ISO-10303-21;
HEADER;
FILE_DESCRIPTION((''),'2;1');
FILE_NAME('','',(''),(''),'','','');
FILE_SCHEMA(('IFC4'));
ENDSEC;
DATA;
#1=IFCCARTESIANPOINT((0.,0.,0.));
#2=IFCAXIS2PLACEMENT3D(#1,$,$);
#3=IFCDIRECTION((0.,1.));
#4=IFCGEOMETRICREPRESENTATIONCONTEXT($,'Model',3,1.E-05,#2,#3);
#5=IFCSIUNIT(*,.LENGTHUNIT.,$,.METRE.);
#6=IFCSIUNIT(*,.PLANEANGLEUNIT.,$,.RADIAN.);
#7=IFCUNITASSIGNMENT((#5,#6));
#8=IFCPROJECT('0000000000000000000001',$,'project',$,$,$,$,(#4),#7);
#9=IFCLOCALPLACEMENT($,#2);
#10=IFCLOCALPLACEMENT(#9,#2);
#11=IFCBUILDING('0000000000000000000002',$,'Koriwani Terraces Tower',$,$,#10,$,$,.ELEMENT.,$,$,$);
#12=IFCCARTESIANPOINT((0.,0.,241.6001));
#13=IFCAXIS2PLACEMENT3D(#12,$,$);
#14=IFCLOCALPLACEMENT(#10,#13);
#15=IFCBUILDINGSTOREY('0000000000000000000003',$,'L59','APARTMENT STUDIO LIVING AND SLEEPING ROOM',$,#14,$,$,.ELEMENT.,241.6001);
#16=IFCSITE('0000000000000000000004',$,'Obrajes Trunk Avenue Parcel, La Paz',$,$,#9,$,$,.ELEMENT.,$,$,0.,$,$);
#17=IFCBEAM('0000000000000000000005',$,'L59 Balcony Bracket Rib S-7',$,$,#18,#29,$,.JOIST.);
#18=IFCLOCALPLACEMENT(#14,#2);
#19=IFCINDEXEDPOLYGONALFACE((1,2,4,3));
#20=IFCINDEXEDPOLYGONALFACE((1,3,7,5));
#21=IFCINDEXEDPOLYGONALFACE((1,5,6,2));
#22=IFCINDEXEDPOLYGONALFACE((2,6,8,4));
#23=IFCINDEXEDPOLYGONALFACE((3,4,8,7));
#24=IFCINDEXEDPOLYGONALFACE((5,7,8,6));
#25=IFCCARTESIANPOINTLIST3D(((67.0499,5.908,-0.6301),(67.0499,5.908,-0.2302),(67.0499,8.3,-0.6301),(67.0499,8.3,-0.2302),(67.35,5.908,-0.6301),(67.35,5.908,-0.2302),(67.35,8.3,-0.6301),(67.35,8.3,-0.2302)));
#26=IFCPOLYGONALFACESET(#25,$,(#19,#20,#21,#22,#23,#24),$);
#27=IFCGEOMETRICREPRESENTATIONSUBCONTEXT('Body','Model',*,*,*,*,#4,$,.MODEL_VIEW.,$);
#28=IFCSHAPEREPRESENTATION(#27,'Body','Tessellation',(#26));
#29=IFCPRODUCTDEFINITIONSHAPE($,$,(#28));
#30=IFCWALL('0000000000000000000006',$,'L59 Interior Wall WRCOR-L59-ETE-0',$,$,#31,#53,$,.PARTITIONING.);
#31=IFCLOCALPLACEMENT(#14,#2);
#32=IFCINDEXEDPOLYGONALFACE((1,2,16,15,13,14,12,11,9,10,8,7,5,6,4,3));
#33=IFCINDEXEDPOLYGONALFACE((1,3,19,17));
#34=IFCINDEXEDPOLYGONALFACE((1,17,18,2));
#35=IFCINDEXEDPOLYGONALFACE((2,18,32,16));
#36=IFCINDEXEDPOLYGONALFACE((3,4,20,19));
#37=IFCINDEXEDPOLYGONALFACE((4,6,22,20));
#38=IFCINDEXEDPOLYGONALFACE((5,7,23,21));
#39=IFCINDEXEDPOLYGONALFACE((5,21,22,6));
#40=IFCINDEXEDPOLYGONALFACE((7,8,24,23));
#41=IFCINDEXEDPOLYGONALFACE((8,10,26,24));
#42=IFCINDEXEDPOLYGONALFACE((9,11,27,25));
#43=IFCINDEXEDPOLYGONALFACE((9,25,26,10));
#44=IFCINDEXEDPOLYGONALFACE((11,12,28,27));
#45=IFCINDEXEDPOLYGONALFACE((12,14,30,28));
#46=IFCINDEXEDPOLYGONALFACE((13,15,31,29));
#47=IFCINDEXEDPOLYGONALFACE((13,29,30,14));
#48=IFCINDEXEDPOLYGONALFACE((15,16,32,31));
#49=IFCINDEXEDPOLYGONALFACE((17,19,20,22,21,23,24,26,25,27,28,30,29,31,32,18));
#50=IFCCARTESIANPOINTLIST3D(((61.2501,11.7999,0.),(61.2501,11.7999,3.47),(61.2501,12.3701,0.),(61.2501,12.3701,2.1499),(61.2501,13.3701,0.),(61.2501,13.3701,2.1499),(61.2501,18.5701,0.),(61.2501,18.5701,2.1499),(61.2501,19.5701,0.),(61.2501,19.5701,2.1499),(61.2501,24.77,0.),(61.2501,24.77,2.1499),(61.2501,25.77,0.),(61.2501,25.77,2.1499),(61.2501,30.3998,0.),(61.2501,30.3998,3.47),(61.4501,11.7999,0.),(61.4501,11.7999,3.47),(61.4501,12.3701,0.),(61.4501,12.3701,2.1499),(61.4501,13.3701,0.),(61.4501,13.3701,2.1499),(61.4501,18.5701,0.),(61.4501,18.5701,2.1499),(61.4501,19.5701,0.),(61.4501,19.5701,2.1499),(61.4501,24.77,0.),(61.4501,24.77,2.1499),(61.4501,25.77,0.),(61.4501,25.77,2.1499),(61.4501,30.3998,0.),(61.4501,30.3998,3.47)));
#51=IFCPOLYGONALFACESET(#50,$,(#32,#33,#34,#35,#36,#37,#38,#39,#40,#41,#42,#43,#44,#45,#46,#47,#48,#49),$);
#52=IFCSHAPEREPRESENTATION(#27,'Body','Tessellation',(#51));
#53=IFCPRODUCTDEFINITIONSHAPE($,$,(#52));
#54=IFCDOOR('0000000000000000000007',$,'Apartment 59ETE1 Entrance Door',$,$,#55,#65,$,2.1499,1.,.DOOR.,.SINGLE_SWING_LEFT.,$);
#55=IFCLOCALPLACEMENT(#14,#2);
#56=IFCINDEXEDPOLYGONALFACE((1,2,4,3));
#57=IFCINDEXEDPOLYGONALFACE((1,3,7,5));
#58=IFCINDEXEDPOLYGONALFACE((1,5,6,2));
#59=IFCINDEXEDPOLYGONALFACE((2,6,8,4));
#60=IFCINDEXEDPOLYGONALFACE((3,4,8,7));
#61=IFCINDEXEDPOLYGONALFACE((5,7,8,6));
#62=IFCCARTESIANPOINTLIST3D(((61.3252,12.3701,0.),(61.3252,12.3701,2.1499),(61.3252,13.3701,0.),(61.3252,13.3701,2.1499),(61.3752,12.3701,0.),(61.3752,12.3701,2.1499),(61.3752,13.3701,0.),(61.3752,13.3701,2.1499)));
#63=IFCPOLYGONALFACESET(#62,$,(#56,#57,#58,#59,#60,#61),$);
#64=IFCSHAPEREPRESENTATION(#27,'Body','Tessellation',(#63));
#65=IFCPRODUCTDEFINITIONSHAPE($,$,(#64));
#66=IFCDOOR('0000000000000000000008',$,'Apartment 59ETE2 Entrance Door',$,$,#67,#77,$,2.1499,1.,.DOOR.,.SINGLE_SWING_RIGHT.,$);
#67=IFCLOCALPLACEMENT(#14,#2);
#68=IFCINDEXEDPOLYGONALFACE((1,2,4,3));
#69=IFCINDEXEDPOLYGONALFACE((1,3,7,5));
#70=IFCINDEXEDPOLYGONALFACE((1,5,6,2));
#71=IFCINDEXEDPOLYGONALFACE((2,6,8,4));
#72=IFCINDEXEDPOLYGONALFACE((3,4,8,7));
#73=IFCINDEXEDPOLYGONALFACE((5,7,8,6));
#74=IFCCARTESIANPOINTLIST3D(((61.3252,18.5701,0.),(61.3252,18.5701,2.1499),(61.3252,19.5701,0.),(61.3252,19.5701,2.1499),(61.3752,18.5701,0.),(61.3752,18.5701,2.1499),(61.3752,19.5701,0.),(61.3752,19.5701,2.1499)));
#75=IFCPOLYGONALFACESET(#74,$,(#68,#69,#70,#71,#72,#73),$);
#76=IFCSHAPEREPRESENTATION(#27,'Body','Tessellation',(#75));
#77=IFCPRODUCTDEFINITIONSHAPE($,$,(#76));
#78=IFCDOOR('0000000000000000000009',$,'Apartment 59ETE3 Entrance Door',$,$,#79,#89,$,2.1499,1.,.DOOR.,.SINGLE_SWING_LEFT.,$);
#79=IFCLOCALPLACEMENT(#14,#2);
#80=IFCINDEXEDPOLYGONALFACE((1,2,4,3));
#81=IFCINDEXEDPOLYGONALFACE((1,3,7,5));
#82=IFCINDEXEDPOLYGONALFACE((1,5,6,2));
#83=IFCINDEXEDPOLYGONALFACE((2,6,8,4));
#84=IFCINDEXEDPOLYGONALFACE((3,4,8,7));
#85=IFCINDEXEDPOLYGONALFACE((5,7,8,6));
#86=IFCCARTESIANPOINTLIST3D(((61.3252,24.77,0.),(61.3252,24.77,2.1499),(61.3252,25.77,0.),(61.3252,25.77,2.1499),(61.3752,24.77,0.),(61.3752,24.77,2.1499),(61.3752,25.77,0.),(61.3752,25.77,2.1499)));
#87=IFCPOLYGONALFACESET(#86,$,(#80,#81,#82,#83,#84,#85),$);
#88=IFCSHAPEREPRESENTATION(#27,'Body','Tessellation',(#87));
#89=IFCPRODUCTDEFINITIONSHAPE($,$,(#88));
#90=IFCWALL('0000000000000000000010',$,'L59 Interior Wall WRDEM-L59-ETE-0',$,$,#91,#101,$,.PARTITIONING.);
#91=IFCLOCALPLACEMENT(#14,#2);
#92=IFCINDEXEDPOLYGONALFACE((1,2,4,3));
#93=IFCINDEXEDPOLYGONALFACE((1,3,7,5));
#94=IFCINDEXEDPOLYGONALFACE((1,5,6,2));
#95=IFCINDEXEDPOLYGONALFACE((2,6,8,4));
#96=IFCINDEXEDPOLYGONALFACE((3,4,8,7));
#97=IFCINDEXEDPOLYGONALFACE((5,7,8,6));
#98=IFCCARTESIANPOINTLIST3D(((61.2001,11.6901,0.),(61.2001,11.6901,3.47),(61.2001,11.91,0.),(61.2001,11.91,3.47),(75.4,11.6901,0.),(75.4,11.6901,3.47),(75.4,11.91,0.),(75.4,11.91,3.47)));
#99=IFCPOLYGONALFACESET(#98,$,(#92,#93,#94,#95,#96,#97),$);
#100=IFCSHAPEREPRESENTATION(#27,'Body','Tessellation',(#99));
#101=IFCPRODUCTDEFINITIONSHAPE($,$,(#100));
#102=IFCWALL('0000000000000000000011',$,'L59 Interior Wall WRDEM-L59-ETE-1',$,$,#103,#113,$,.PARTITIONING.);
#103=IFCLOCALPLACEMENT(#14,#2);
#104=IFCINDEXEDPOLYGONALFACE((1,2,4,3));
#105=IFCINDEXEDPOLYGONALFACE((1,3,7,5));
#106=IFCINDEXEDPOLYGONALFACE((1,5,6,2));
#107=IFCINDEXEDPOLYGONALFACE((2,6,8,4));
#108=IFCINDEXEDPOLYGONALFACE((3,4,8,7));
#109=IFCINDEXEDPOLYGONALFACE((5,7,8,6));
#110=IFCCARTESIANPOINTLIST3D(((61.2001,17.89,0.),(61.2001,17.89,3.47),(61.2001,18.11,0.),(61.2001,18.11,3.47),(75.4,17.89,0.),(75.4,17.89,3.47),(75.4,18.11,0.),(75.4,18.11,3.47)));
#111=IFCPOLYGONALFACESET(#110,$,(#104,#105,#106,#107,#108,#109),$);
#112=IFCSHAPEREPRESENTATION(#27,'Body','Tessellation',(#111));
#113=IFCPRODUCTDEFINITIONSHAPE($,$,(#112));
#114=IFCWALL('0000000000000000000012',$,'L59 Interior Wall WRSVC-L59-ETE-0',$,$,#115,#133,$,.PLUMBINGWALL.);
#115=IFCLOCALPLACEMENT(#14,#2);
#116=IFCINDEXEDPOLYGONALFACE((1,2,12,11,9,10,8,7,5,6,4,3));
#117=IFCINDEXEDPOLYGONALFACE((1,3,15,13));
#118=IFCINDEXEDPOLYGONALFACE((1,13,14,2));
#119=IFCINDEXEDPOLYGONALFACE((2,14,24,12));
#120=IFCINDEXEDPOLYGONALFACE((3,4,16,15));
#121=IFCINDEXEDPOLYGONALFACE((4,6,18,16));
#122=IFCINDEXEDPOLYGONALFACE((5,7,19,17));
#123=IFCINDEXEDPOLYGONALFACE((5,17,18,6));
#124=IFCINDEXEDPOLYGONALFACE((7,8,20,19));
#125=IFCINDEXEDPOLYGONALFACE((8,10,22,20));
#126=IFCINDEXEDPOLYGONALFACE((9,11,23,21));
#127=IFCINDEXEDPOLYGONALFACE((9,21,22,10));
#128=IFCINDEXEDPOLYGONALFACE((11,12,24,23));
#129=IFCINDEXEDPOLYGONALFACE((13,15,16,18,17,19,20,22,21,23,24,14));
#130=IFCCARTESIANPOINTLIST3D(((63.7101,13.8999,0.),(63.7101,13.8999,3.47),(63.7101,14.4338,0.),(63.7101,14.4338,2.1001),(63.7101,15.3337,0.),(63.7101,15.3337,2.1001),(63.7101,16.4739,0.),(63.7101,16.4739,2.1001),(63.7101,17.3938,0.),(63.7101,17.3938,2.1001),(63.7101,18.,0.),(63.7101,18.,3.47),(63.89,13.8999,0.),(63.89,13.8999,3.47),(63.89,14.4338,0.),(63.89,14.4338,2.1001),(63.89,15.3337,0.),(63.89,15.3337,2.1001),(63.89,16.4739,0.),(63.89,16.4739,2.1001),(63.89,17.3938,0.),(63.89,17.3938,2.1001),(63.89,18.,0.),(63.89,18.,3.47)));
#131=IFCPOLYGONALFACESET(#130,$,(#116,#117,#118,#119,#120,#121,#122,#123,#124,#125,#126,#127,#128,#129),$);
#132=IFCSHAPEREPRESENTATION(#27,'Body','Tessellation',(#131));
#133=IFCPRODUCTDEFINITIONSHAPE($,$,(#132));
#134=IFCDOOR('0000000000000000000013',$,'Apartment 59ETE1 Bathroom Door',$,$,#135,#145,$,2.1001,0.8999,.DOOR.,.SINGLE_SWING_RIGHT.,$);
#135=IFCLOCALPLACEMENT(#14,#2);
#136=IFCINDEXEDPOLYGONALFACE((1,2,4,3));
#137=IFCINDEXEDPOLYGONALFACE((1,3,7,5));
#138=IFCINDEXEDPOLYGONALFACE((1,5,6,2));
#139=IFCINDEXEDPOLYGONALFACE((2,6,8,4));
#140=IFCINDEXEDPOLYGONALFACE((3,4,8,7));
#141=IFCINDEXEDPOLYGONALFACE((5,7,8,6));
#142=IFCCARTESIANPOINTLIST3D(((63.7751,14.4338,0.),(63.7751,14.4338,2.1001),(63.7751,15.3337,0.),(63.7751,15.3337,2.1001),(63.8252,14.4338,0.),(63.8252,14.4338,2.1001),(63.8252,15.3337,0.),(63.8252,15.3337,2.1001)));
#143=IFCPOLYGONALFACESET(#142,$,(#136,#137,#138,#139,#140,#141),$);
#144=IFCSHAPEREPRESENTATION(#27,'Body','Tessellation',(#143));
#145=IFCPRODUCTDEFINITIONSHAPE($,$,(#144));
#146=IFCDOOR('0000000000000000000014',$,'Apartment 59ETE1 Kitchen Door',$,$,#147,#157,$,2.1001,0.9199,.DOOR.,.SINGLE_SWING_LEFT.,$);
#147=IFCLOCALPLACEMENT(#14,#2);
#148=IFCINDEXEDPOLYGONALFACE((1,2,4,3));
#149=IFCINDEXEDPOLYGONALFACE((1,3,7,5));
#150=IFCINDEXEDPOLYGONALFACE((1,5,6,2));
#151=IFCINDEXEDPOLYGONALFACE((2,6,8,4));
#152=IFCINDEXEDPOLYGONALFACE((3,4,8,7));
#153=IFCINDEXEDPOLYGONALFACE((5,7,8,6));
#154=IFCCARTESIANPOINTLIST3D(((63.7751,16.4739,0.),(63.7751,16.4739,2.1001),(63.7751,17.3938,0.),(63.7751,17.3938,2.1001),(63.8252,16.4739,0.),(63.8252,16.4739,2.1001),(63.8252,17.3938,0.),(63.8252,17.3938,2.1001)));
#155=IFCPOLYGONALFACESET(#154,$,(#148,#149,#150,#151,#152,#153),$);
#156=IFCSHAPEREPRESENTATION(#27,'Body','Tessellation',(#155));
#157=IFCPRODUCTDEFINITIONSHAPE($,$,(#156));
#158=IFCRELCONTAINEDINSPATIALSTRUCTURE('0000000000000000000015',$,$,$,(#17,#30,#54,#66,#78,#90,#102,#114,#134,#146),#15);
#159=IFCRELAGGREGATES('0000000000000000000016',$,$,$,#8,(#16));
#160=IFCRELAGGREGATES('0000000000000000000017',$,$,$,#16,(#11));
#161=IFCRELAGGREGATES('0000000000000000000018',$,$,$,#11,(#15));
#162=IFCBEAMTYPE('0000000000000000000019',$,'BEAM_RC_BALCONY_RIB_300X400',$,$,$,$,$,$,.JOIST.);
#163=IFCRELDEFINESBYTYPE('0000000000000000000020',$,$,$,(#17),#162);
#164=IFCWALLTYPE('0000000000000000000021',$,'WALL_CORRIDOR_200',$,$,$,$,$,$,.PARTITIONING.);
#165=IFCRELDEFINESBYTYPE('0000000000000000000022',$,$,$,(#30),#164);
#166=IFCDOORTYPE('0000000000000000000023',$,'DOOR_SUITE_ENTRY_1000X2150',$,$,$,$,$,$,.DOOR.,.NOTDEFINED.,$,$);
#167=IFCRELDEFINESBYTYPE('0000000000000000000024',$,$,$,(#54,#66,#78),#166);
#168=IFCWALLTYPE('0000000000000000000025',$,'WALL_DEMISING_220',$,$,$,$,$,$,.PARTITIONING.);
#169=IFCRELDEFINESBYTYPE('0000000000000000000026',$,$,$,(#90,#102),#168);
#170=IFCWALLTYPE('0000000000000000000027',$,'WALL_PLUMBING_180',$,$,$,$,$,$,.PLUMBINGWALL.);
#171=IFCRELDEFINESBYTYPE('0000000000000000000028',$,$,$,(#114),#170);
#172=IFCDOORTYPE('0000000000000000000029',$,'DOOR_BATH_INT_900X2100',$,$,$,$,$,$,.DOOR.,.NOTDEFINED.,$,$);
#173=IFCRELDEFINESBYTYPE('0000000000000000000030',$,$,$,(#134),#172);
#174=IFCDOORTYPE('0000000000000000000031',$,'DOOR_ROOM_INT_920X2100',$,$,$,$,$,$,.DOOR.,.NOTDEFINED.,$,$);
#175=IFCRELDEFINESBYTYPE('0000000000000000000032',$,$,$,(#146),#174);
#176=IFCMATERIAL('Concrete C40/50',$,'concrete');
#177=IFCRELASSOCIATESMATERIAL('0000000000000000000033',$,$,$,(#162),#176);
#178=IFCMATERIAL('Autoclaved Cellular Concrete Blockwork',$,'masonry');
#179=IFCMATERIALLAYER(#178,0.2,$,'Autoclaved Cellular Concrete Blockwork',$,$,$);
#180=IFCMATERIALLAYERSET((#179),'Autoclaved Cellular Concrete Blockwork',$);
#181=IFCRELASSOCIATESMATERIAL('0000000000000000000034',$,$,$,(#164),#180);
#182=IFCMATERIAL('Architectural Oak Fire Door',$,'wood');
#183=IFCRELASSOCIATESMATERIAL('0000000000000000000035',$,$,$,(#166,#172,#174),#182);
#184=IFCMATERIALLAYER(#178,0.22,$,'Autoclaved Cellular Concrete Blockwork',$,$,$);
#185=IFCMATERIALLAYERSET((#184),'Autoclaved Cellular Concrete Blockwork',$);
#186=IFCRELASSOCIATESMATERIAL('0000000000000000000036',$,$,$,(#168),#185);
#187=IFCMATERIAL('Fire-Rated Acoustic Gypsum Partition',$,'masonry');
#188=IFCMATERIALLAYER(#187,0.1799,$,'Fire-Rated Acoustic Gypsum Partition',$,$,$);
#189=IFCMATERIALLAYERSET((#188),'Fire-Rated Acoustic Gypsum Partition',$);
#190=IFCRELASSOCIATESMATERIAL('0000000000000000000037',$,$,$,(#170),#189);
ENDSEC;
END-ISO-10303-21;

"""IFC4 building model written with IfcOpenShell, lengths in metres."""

from ifc_helpers import new_model, si_unit, direction, frame, frame_2d, origin, origin_2d, place, context, subcontext, project, spatial, rectangle, extrude, material, layer, layer_set, material_profile, profile_set, type_object, element, fill, save


model = new_model("IFC4")

# Units and contexts
model_context = context("Model", 3, precision=1e-05, world=origin(), true_north=direction((0.0, 1.0)))
body_context = subcontext(model_context, "Body", "Model", "MODEL_VIEW")
ifc_project = project(units=[si_unit("LENGTHUNIT", "METRE"), si_unit("PLANEANGLEUNIT", "RADIAN")], contexts=[model_context])

# Site, building, storey
site_placement = place(None, origin())
site = spatial("IfcSite", under=ifc_project, at=site_placement, Name="Obrajes Trunk Avenue Parcel, La Paz", CompositionType="ELEMENT", RefElevation=0.0)
building_placement = place(site_placement, origin())
building = spatial("IfcBuilding", under=site, at=building_placement, Name="Koriwani Terraces Tower", CompositionType="ELEMENT")
storey_placement = place(building_placement, frame((0.0, 0.0, 241.6001)))
storey = spatial("IfcBuildingStorey", under=building, at=storey_placement, Name="L59", Description="APARTMENT STUDIO LIVING AND SLEEPING ROOM", CompositionType="ELEMENT", Elevation=241.6001)

# Beam
ifc_material_1 = material(Name="Concrete C40/50", Category="concrete")
ifc_material_profile = material_profile(ifc_material_1, rectangle(XDim=0.3, YDim=0.3999, at=origin_2d()), Name="Concrete C40/50", Category="LoadBearing")
ifc_profile_set = profile_set([ifc_material_profile], Name="Concrete C40/50")
beam_type = type_object("IfcBeamType", Name="BEAM_RC_BALCONY_RIB_300X400", PredefinedType="JOIST", material=ifc_profile_set)
beam_placement = place(storey_placement, frame((67.2, 5.908, -0.4302), z_axis=(0.0, 1.0, 0.0), x_axis=(-1.0, 0.0, 0.0)))
element("IfcBeam", 1, at=beam_placement, inside=storey, type_object=beam_type, Name="L59 Balcony Bracket Rib S-7", PredefinedType="JOIST", context=body_context, shape_type="SweptSolid", body=[
    extrude(rectangle(XDim=0.3, YDim=0.3999, at=origin_2d()), origin(), (0.0, 0.0, 1.0), 2.3921),
])

# Wall, openings, doors
ifc_material_2 = material(Name="Autoclaved Cellular Concrete Blockwork", Category="masonry")
ifc_layer_1 = layer(ifc_material_2, 0.2, Name="Autoclaved Cellular Concrete Blockwork")
ifc_layer_set_1 = layer_set([ifc_layer_1], Name="Autoclaved Cellular Concrete Blockwork")
wall_type_1 = type_object("IfcWallType", Name="WALL_CORRIDOR_200", PredefinedType="PARTITIONING", material=ifc_layer_set_1)
wall_1_placement = place(storey_placement, frame((61.3501, 11.8, 0.0), z_axis=(0.0, 0.0, 1.0), x_axis=(0.0, 1.0, 0.0)))
wall_1 = element("IfcWall", 2, at=wall_1_placement, inside=storey, type_object=wall_type_1, Name="L59 Interior Wall WRCOR-L59-ETE-0", PredefinedType="PARTITIONING", context=body_context, shape_type="SweptSolid", body=[
    extrude(rectangle(XDim=18.5999, YDim=0.2, at=frame_2d((9.2998, 0.0))), origin(), (0.0, 0.0, 1.0), 3.47),
])
opening_1_placement = place(wall_1_placement, frame((0.5701, 0.0, 0.0)))
opening_1 = element("IfcOpeningElement", 3, at=opening_1_placement, cuts=wall_1, PredefinedType="OPENING", context=body_context, shape_type="SweptSolid", body=[
    extrude(rectangle(XDim=1.0, YDim=2.1499, at=frame_2d((0.5, 1.075))), frame((0.0, 0.1099, 0.0), z_axis=(0.0, -1.0, 0.0), x_axis=(1.0, 0.0, 0.0)), (0.0, 0.0, 1.0), 0.22),
])
opening_2_placement = place(wall_1_placement, frame((6.77, 0.0, 0.0)))
opening_2 = element("IfcOpeningElement", 4, at=opening_2_placement, cuts=wall_1, PredefinedType="OPENING", context=body_context, shape_type="SweptSolid", body=[
    extrude(rectangle(XDim=1.0, YDim=2.1499, at=frame_2d((0.5, 1.075))), frame((0.0, 0.1099, 0.0), z_axis=(0.0, -1.0, 0.0), x_axis=(1.0, 0.0, 0.0)), (0.0, 0.0, 1.0), 0.22),
])
opening_3_placement = place(wall_1_placement, frame((12.97, 0.0, 0.0)))
opening_3 = element("IfcOpeningElement", 5, at=opening_3_placement, cuts=wall_1, PredefinedType="OPENING", context=body_context, shape_type="SweptSolid", body=[
    extrude(rectangle(XDim=1.0, YDim=2.1499, at=frame_2d((0.5, 1.075))), frame((0.0, 0.1099, 0.0), z_axis=(0.0, -1.0, 0.0), x_axis=(1.0, 0.0, 0.0)), (0.0, 0.0, 1.0), 0.22),
])
ifc_material_3 = material(Name="Architectural Oak Fire Door", Category="wood")
door_type_1 = type_object("IfcDoorType", Name="DOOR_SUITE_ENTRY_1000X2150", OperationType="NOTDEFINED", PredefinedType="DOOR", material=ifc_material_3)
door_1_placement = place(opening_1_placement, origin())
door_1 = element("IfcDoor", 6, at=door_1_placement, inside=storey, type_object=door_type_1, Name="Apartment 59ETE1 Entrance Door", OperationType="SINGLE_SWING_LEFT", OverallHeight=2.1499, OverallWidth=1.0, PredefinedType="DOOR", context=body_context, shape_type="SweptSolid", body=[
    extrude(rectangle(XDim=1.0, YDim=2.1499, at=frame_2d((0.5, 1.075))), frame((0.0, 0.0249, 0.0), z_axis=(0.0, -1.0, 0.0), x_axis=(1.0, 0.0, 0.0)), (0.0, 0.0, 1.0), 0.05),
])
fill(opening_1, door_1)
door_2_placement = place(opening_2_placement, origin())
door_2 = element("IfcDoor", 7, at=door_2_placement, inside=storey, type_object=door_type_1, Name="Apartment 59ETE2 Entrance Door", OperationType="SINGLE_SWING_RIGHT", OverallHeight=2.1499, OverallWidth=1.0, PredefinedType="DOOR", context=body_context, shape_type="SweptSolid", body=[
    extrude(rectangle(XDim=1.0, YDim=2.1499, at=frame_2d((0.5, 1.075))), frame((0.0, 0.0249, 0.0), z_axis=(0.0, -1.0, 0.0), x_axis=(1.0, 0.0, 0.0)), (0.0, 0.0, 1.0), 0.05),
])
fill(opening_2, door_2)
door_3_placement = place(opening_3_placement, origin())
door_3 = element("IfcDoor", 8, at=door_3_placement, inside=storey, type_object=door_type_1, Name="Apartment 59ETE3 Entrance Door", OperationType="SINGLE_SWING_LEFT", OverallHeight=2.1499, OverallWidth=1.0, PredefinedType="DOOR", context=body_context, shape_type="SweptSolid", body=[
    extrude(rectangle(XDim=1.0, YDim=2.1499, at=frame_2d((0.5, 1.075))), frame((0.0, 0.0249, 0.0), z_axis=(0.0, -1.0, 0.0), x_axis=(1.0, 0.0, 0.0)), (0.0, 0.0, 1.0), 0.05),
])
fill(opening_3, door_3)

# Walls
ifc_layer_2 = layer(ifc_material_2, 0.22, Name="Autoclaved Cellular Concrete Blockwork")
ifc_layer_set_2 = layer_set([ifc_layer_2], Name="Autoclaved Cellular Concrete Blockwork")
wall_type_2 = type_object("IfcWallType", Name="WALL_DEMISING_220", PredefinedType="PARTITIONING", material=ifc_layer_set_2)
for number, where, z_axis, x_axis, name in (
    (9, (61.2, 11.8, 0.0), (0.0, 0.0, 1.0), (1.0, 0.0, 0.0), "L59 Interior Wall WRDEM-L59-ETE-0"),
    (10, (61.2, 18.0, 0.0), (0.0, 0.0, 1.0), (1.0, 0.0, 0.0), "L59 Interior Wall WRDEM-L59-ETE-1"),
):
    element("IfcWall", number, at=place(storey_placement, frame(where, z_axis=z_axis, x_axis=x_axis)), inside=storey, type_object=wall_type_2, Name=name, PredefinedType="PARTITIONING", context=body_context, shape_type="SweptSolid", body=[
        extrude(rectangle(XDim=14.2, YDim=0.22, at=frame_2d((7.1001, 0.0))), origin(), (0.0, 0.0, 1.0), 3.47),
    ])

# Wall, openings, doors
ifc_material_4 = material(Name="Fire-Rated Acoustic Gypsum Partition", Category="masonry")
ifc_layer_3 = layer(ifc_material_4, 0.1799, Name="Fire-Rated Acoustic Gypsum Partition")
ifc_layer_set_3 = layer_set([ifc_layer_3], Name="Fire-Rated Acoustic Gypsum Partition")
wall_type_3 = type_object("IfcWallType", Name="WALL_PLUMBING_180", PredefinedType="PLUMBINGWALL", material=ifc_layer_set_3)
wall_2_placement = place(storey_placement, frame((63.8, 13.8999, 0.0), z_axis=(0.0, 0.0, 1.0), x_axis=(0.0, 1.0, 0.0)))
wall_2 = element("IfcWall", 11, at=wall_2_placement, inside=storey, type_object=wall_type_3, Name="L59 Interior Wall WRSVC-L59-ETE-0", PredefinedType="PLUMBINGWALL", context=body_context, shape_type="SweptSolid", body=[
    extrude(rectangle(XDim=4.1001, YDim=0.1799, at=frame_2d((2.05, 0.0))), origin(), (0.0, 0.0, 1.0), 3.47),
])
opening_4_placement = place(wall_2_placement, frame((0.5339, 0.0, 0.0)))
opening_4 = element("IfcOpeningElement", 12, at=opening_4_placement, cuts=wall_2, PredefinedType="OPENING", context=body_context, shape_type="SweptSolid", body=[
    extrude(rectangle(XDim=0.8999, YDim=2.1001, at=frame_2d((0.45, 1.05))), frame((0.0, 0.1001, 0.0), z_axis=(0.0, -1.0, 0.0), x_axis=(1.0, 0.0, 0.0)), (0.0, 0.0, 1.0), 0.2),
])
opening_5_placement = place(wall_2_placement, frame((2.574, 0.0, 0.0)))
opening_5 = element("IfcOpeningElement", 13, at=opening_5_placement, cuts=wall_2, PredefinedType="OPENING", context=body_context, shape_type="SweptSolid", body=[
    extrude(rectangle(XDim=0.9199, YDim=2.1001, at=frame_2d((0.46, 1.05))), frame((0.0, 0.1001, 0.0), z_axis=(0.0, -1.0, 0.0), x_axis=(1.0, 0.0, 0.0)), (0.0, 0.0, 1.0), 0.2),
])
door_type_2 = type_object("IfcDoorType", Name="DOOR_BATH_INT_900X2100", OperationType="NOTDEFINED", PredefinedType="DOOR", material=ifc_material_3)
door_4_placement = place(opening_4_placement, origin())
door_4 = element("IfcDoor", 14, at=door_4_placement, inside=storey, type_object=door_type_2, Name="Apartment 59ETE1 Bathroom Door", OperationType="SINGLE_SWING_RIGHT", OverallHeight=2.1001, OverallWidth=0.8999, PredefinedType="DOOR", context=body_context, shape_type="SweptSolid", body=[
    extrude(rectangle(XDim=0.8999, YDim=2.1001, at=frame_2d((0.45, 1.05))), frame((0.0, 0.0249, 0.0), z_axis=(0.0, -1.0, 0.0), x_axis=(1.0, 0.0, 0.0)), (0.0, 0.0, 1.0), 0.05),
])
fill(opening_4, door_4)
door_type_3 = type_object("IfcDoorType", Name="DOOR_ROOM_INT_920X2100", OperationType="NOTDEFINED", PredefinedType="DOOR", material=ifc_material_3)
door_5_placement = place(opening_5_placement, origin())
door_5 = element("IfcDoor", 15, at=door_5_placement, inside=storey, type_object=door_type_3, Name="Apartment 59ETE1 Kitchen Door", OperationType="SINGLE_SWING_LEFT", OverallHeight=2.1001, OverallWidth=0.9199, PredefinedType="DOOR", context=body_context, shape_type="SweptSolid", body=[
    extrude(rectangle(XDim=0.9199, YDim=2.1001, at=frame_2d((0.46, 1.05))), frame((0.0, 0.0249, 0.0), z_axis=(0.0, -1.0, 0.0), x_axis=(1.0, 0.0, 0.0)), (0.0, 0.0, 1.0), 0.05),
])
fill(opening_5, door_5)

save(model, "model.ifc")
